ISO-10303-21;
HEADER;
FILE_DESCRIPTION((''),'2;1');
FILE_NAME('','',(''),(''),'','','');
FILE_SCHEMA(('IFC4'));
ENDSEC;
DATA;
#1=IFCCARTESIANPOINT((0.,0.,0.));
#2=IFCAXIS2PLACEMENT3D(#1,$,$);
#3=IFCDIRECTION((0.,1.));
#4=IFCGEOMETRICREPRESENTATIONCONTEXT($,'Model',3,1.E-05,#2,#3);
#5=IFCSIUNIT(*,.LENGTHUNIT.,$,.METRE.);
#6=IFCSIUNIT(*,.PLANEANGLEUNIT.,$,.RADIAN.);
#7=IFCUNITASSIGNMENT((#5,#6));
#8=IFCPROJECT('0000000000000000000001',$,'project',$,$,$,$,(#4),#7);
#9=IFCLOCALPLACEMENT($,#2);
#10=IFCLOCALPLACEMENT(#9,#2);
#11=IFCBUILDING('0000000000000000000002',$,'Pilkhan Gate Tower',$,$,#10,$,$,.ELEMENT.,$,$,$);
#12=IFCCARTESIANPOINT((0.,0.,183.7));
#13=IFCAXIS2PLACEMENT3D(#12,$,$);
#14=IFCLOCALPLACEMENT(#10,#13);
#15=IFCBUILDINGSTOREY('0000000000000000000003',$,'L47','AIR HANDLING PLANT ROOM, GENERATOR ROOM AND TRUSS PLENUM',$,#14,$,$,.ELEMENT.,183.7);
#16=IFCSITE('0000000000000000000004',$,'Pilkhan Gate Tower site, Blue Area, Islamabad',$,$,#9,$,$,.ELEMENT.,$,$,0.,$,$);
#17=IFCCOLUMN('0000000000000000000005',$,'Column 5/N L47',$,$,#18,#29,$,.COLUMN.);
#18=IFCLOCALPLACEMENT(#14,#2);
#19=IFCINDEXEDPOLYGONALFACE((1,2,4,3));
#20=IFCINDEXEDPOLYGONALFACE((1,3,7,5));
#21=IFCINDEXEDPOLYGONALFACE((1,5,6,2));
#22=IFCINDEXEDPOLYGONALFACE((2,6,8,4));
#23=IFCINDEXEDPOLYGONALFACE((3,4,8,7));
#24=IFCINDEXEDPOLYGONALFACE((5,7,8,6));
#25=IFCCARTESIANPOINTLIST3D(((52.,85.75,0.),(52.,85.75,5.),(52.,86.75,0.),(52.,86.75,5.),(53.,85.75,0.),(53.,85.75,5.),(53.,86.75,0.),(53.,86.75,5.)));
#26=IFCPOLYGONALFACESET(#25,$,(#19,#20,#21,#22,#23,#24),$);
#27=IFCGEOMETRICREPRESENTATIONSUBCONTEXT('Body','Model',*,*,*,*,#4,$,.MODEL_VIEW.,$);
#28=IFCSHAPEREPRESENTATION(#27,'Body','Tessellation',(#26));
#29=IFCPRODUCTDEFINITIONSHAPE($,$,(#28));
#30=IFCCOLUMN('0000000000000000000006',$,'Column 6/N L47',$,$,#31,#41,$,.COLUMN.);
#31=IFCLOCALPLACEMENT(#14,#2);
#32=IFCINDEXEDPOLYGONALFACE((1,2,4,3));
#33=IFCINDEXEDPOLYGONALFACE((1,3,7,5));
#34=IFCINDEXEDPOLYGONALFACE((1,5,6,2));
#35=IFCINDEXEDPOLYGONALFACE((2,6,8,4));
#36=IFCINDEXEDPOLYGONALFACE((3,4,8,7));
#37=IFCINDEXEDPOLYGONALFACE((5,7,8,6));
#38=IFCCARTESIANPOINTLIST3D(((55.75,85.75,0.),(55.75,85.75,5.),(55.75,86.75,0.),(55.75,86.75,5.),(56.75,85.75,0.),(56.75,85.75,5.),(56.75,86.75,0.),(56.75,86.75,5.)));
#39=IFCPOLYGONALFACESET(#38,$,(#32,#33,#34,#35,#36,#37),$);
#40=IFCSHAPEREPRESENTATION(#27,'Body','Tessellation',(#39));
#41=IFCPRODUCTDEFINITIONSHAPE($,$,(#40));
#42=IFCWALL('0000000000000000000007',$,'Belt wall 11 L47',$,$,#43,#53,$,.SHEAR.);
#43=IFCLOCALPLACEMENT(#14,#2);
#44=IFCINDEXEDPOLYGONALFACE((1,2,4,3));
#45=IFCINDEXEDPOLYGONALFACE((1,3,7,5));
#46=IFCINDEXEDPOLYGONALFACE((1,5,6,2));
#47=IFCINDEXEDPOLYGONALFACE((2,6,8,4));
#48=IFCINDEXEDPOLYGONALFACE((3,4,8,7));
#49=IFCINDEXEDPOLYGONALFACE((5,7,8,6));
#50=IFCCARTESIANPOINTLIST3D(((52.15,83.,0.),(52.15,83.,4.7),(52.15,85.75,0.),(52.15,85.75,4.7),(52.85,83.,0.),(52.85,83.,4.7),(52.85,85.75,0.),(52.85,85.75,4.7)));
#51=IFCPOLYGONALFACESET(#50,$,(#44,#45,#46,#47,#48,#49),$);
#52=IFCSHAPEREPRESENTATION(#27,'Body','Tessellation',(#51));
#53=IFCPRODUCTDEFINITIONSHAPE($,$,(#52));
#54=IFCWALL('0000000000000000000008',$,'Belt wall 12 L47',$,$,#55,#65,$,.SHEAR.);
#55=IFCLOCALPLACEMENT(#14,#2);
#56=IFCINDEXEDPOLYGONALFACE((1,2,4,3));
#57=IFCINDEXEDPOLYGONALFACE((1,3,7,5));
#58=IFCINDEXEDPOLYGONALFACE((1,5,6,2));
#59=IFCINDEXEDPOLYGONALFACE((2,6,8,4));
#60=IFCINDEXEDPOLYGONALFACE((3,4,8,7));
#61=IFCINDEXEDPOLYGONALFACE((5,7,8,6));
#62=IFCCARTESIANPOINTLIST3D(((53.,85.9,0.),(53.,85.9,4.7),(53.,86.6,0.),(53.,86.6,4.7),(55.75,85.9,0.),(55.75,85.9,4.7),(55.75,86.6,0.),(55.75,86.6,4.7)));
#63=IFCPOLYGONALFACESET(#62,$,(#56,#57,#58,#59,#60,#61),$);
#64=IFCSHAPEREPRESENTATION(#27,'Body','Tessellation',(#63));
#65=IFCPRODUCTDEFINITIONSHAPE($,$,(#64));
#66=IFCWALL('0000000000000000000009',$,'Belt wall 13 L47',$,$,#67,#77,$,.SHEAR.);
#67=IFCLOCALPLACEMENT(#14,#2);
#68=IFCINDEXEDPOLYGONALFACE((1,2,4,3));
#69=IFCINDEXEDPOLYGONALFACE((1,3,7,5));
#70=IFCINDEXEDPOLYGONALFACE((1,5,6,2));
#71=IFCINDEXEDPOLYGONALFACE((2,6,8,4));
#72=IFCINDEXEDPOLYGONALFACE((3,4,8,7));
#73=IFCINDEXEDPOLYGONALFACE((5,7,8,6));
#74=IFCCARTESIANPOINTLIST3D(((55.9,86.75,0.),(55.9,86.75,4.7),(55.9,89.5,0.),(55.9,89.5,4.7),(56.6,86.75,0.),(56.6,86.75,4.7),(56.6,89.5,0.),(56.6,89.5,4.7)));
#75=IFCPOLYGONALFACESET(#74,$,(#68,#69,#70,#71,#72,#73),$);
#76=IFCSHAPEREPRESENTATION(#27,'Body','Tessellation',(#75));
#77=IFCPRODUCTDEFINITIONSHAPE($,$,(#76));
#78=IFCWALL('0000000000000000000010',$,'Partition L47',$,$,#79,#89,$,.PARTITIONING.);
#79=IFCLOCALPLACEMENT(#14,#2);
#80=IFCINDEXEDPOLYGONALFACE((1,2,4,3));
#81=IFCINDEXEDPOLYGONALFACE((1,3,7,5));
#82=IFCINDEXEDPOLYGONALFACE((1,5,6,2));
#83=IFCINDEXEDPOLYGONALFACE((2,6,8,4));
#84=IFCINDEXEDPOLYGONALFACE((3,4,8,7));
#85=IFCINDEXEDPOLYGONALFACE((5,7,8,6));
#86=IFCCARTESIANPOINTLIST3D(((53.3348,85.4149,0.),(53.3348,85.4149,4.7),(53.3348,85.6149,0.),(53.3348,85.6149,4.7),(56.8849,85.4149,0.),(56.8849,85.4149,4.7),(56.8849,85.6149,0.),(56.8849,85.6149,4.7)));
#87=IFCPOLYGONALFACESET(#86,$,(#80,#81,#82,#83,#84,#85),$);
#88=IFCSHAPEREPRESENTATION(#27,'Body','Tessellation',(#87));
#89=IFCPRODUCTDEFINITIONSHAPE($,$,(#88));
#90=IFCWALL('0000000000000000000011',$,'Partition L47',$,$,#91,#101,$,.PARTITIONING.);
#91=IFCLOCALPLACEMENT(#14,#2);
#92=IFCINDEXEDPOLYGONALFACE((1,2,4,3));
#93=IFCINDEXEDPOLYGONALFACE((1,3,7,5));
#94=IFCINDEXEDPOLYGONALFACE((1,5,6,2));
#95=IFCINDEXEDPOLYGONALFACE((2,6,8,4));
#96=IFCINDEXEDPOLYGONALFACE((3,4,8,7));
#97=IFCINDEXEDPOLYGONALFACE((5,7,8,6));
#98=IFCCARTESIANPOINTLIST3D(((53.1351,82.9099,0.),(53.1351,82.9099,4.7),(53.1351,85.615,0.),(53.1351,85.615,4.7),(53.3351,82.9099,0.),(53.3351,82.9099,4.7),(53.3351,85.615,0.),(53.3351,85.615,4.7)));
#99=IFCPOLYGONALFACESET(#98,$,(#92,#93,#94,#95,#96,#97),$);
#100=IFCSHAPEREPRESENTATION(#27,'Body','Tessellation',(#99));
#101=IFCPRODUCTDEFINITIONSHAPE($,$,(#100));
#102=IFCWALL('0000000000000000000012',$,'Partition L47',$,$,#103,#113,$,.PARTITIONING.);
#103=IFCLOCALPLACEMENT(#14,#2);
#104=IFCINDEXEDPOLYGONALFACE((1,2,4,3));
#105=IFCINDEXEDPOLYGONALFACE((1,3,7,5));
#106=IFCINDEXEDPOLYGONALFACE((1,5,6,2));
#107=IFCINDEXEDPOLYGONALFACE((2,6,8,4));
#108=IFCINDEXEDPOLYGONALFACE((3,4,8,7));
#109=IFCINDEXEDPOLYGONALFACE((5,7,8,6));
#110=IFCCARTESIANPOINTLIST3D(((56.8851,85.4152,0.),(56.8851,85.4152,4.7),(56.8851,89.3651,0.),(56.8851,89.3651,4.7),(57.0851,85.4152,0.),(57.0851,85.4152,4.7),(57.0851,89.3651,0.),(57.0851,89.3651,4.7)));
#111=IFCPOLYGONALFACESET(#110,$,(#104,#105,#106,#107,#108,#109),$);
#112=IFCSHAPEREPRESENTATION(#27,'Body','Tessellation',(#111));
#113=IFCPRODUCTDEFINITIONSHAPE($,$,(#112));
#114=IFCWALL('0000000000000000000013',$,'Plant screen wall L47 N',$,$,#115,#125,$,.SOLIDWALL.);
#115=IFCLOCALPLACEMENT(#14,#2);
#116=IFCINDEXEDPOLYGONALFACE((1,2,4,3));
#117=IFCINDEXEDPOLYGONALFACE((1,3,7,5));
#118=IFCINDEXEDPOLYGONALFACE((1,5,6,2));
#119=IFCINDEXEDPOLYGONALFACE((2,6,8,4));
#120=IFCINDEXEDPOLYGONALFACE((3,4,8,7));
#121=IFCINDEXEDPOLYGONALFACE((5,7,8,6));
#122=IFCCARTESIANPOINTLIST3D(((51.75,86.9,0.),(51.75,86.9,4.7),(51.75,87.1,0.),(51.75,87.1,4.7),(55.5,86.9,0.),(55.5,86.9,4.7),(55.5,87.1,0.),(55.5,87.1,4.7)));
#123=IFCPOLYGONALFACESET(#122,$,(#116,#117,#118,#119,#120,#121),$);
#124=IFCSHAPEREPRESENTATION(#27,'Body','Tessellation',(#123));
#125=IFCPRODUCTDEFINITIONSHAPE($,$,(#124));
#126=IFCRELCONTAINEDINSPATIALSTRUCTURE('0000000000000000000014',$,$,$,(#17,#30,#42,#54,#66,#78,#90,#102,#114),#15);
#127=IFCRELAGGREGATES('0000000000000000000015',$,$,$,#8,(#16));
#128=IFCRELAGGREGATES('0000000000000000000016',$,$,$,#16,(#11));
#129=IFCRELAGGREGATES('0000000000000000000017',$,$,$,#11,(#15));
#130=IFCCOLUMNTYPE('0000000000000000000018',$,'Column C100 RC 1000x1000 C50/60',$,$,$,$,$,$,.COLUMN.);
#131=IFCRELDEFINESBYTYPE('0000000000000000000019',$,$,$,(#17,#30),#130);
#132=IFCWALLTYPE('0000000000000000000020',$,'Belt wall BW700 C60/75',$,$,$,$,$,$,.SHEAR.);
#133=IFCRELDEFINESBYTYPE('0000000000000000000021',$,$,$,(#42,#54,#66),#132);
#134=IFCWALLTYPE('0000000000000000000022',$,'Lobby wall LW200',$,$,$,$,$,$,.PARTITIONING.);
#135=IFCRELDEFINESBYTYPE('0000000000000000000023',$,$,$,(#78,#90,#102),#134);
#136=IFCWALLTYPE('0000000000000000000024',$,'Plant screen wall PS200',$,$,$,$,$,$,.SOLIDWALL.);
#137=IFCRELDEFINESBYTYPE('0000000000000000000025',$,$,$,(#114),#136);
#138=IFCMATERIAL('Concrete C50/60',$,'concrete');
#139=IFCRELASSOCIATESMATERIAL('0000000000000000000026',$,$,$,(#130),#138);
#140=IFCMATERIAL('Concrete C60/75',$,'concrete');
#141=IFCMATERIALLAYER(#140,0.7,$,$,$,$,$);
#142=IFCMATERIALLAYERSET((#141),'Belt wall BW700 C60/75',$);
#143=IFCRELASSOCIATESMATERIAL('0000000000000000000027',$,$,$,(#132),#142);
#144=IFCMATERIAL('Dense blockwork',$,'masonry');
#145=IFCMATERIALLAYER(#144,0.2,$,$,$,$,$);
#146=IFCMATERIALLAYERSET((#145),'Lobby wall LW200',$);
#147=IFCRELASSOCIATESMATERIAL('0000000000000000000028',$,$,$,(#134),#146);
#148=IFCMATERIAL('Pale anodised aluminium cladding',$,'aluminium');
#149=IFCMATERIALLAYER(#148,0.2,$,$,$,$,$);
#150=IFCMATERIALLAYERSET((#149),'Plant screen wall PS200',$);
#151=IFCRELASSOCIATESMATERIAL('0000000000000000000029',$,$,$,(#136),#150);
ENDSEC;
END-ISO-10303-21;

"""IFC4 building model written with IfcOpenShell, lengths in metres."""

from ifc_helpers import new_model, si_unit, direction, frame, frame_2d, origin, origin_2d, place, context, subcontext, project, spatial, rectangle, extrude, material, layer, layer_set, material_profile, profile_set, type_object, element, save


model = new_model("IFC4")

# Units and contexts
model_context = context("Model", 3, precision=1e-05, world=origin(), true_north=direction((0.0, 1.0)))
body_context = subcontext(model_context, "Body", "Model", "MODEL_VIEW")
ifc_project = project(units=[si_unit("LENGTHUNIT", "METRE"), si_unit("PLANEANGLEUNIT", "RADIAN")], contexts=[model_context])

# Site, building, storey
site_placement = place(None, origin())
site = spatial("IfcSite", under=ifc_project, at=site_placement, Name="Pilkhan Gate Tower site, Blue Area, Islamabad", CompositionType="ELEMENT", RefElevation=0.0)
building_placement = place(site_placement, origin())
building = spatial("IfcBuilding", under=site, at=building_placement, Name="Pilkhan Gate Tower", CompositionType="ELEMENT")
storey_placement = place(building_placement, frame((0.0, 0.0, 183.7)))
storey = spatial("IfcBuildingStorey", under=building, at=storey_placement, Name="L47", Description="AIR HANDLING PLANT ROOM, GENERATOR ROOM AND TRUSS PLENUM", CompositionType="ELEMENT", Elevation=183.7)

# Columns
ifc_material_1 = material(Name="Concrete C50/60", Category="concrete")
ifc_material_profile = material_profile(ifc_material_1, rectangle(XDim=1.0, YDim=1.0, at=origin_2d()), Name="RC 1000x1000")
ifc_profile_set = profile_set([ifc_material_profile], Name="Concrete C50/60")
column_type = type_object("IfcColumnType", Name="Column C100 RC 1000x1000 C50/60", PredefinedType="COLUMN", material=ifc_profile_set)
for number, where, z_axis, x_axis, name in (
    (1, (52.5, 86.25, 0.0), (0.0, 0.0, 1.0), (1.0, 0.0, 0.0), "Column 5/N L47"),
    (2, (56.25, 86.25, 0.0), (0.0, 0.0, 1.0), (1.0, 0.0, 0.0), "Column 6/N L47"),
):
    element("IfcColumn", number, at=place(storey_placement, frame(where, z_axis=z_axis, x_axis=x_axis)), inside=storey, type_object=column_type, Name=name, PredefinedType="COLUMN", context=body_context, shape_type="SweptSolid", body=[
        extrude(rectangle(XDim=1.0, YDim=1.0, at=origin_2d()), origin(), (0.0, 0.0, 1.0), 5.0),
    ])

# Walls
ifc_material_2 = material(Name="Concrete C60/75", Category="concrete")
ifc_layer_1 = layer(ifc_material_2, 0.7)
ifc_layer_set_1 = layer_set([ifc_layer_1], Name="Belt wall BW700 C60/75")
wall_type_1 = type_object("IfcWallType", Name="Belt wall BW700 C60/75", PredefinedType="SHEAR", material=ifc_layer_set_1)
for number, where, z_axis, x_axis, name in (
    (3, (52.5, 83.0, 0.0), (0.0, 0.0, 1.0), (0.0, 1.0, 0.0), "Belt wall 11 L47"),
    (4, (53.0, 86.25, 0.0), (0.0, 0.0, 1.0), (1.0, 0.0, 0.0), "Belt wall 12 L47"),
    (5, (56.25, 86.75, 0.0), (0.0, 0.0, 1.0), (0.0, 1.0, 0.0), "Belt wall 13 L47"),
):
    element("IfcWall", number, at=place(storey_placement, frame(where, z_axis=z_axis, x_axis=x_axis)), inside=storey, type_object=wall_type_1, Name=name, PredefinedType="SHEAR", context=body_context, shape_type="SweptSolid", body=[
        extrude(rectangle(XDim=2.75, YDim=0.7, at=frame_2d((1.375, 0.0))), origin(), (0.0, 0.0, 1.0), 4.7),
    ])
ifc_material_3 = material(Name="Dense blockwork", Category="masonry")
ifc_layer_2 = layer(ifc_material_3, 0.2)
ifc_layer_set_2 = layer_set([ifc_layer_2], Name="Lobby wall LW200")
wall_type_2 = type_object("IfcWallType", Name="Lobby wall LW200", PredefinedType="PARTITIONING", material=ifc_layer_set_2)
wall_1_placement = place(storey_placement, frame((53.335, 85.5149, 0.0), z_axis=(0.0, 0.0, 1.0), x_axis=(1.0, 0.0, 0.0)))
element("IfcWall", 6, at=wall_1_placement, inside=storey, type_object=wall_type_2, Name="Partition L47", PredefinedType="PARTITIONING", context=body_context, shape_type="SweptSolid", body=[
    extrude(rectangle(XDim=3.55, YDim=0.2, at=frame_2d((1.7749, 0.0))), origin(), (0.0, 0.0, 1.0), 4.7),
])
wall_2_placement = place(storey_placement, frame((53.2351, 82.9099, 0.0), z_axis=(0.0, 0.0, 1.0), x_axis=(0.0, 1.0, 0.0)))
element("IfcWall", 7, at=wall_2_placement, inside=storey, type_object=wall_type_2, Name="Partition L47", PredefinedType="PARTITIONING", context=body_context, shape_type="SweptSolid", body=[
    extrude(rectangle(XDim=2.7051, YDim=0.2, at=frame_2d((1.3525, 0.0))), origin(), (0.0, 0.0, 1.0), 4.7),
])
wall_3_placement = place(storey_placement, frame((56.9851, 85.415, 0.0), z_axis=(0.0, 0.0, 1.0), x_axis=(0.0, 1.0, 0.0)))
element("IfcWall", 8, at=wall_3_placement, inside=storey, type_object=wall_type_2, Name="Partition L47", PredefinedType="PARTITIONING", context=body_context, shape_type="SweptSolid", body=[
    extrude(rectangle(XDim=3.95, YDim=0.2, at=frame_2d((1.9751, 0.0))), origin(), (0.0, 0.0, 1.0), 4.7),
])
ifc_material_4 = material(Name="Pale anodised aluminium cladding", Category="aluminium")
ifc_layer_3 = layer(ifc_material_4, 0.2)
ifc_layer_set_3 = layer_set([ifc_layer_3], Name="Plant screen wall PS200")
wall_type_3 = type_object("IfcWallType", Name="Plant screen wall PS200", PredefinedType="SOLIDWALL", material=ifc_layer_set_3)
wall_4_placement = place(storey_placement, frame((51.75, 87.0, 0.0), z_axis=(0.0, 0.0, 1.0), x_axis=(1.0, 0.0, 0.0)))
element("IfcWall", 9, at=wall_4_placement, inside=storey, type_object=wall_type_3, Name="Plant screen wall L47 N", PredefinedType="SOLIDWALL", context=body_context, shape_type="SweptSolid", body=[
    extrude(rectangle(XDim=3.75, YDim=0.2, at=frame_2d((1.875, 0.0))), origin(), (0.0, 0.0, 1.0), 4.7),
])

save(model, "model.ifc")
